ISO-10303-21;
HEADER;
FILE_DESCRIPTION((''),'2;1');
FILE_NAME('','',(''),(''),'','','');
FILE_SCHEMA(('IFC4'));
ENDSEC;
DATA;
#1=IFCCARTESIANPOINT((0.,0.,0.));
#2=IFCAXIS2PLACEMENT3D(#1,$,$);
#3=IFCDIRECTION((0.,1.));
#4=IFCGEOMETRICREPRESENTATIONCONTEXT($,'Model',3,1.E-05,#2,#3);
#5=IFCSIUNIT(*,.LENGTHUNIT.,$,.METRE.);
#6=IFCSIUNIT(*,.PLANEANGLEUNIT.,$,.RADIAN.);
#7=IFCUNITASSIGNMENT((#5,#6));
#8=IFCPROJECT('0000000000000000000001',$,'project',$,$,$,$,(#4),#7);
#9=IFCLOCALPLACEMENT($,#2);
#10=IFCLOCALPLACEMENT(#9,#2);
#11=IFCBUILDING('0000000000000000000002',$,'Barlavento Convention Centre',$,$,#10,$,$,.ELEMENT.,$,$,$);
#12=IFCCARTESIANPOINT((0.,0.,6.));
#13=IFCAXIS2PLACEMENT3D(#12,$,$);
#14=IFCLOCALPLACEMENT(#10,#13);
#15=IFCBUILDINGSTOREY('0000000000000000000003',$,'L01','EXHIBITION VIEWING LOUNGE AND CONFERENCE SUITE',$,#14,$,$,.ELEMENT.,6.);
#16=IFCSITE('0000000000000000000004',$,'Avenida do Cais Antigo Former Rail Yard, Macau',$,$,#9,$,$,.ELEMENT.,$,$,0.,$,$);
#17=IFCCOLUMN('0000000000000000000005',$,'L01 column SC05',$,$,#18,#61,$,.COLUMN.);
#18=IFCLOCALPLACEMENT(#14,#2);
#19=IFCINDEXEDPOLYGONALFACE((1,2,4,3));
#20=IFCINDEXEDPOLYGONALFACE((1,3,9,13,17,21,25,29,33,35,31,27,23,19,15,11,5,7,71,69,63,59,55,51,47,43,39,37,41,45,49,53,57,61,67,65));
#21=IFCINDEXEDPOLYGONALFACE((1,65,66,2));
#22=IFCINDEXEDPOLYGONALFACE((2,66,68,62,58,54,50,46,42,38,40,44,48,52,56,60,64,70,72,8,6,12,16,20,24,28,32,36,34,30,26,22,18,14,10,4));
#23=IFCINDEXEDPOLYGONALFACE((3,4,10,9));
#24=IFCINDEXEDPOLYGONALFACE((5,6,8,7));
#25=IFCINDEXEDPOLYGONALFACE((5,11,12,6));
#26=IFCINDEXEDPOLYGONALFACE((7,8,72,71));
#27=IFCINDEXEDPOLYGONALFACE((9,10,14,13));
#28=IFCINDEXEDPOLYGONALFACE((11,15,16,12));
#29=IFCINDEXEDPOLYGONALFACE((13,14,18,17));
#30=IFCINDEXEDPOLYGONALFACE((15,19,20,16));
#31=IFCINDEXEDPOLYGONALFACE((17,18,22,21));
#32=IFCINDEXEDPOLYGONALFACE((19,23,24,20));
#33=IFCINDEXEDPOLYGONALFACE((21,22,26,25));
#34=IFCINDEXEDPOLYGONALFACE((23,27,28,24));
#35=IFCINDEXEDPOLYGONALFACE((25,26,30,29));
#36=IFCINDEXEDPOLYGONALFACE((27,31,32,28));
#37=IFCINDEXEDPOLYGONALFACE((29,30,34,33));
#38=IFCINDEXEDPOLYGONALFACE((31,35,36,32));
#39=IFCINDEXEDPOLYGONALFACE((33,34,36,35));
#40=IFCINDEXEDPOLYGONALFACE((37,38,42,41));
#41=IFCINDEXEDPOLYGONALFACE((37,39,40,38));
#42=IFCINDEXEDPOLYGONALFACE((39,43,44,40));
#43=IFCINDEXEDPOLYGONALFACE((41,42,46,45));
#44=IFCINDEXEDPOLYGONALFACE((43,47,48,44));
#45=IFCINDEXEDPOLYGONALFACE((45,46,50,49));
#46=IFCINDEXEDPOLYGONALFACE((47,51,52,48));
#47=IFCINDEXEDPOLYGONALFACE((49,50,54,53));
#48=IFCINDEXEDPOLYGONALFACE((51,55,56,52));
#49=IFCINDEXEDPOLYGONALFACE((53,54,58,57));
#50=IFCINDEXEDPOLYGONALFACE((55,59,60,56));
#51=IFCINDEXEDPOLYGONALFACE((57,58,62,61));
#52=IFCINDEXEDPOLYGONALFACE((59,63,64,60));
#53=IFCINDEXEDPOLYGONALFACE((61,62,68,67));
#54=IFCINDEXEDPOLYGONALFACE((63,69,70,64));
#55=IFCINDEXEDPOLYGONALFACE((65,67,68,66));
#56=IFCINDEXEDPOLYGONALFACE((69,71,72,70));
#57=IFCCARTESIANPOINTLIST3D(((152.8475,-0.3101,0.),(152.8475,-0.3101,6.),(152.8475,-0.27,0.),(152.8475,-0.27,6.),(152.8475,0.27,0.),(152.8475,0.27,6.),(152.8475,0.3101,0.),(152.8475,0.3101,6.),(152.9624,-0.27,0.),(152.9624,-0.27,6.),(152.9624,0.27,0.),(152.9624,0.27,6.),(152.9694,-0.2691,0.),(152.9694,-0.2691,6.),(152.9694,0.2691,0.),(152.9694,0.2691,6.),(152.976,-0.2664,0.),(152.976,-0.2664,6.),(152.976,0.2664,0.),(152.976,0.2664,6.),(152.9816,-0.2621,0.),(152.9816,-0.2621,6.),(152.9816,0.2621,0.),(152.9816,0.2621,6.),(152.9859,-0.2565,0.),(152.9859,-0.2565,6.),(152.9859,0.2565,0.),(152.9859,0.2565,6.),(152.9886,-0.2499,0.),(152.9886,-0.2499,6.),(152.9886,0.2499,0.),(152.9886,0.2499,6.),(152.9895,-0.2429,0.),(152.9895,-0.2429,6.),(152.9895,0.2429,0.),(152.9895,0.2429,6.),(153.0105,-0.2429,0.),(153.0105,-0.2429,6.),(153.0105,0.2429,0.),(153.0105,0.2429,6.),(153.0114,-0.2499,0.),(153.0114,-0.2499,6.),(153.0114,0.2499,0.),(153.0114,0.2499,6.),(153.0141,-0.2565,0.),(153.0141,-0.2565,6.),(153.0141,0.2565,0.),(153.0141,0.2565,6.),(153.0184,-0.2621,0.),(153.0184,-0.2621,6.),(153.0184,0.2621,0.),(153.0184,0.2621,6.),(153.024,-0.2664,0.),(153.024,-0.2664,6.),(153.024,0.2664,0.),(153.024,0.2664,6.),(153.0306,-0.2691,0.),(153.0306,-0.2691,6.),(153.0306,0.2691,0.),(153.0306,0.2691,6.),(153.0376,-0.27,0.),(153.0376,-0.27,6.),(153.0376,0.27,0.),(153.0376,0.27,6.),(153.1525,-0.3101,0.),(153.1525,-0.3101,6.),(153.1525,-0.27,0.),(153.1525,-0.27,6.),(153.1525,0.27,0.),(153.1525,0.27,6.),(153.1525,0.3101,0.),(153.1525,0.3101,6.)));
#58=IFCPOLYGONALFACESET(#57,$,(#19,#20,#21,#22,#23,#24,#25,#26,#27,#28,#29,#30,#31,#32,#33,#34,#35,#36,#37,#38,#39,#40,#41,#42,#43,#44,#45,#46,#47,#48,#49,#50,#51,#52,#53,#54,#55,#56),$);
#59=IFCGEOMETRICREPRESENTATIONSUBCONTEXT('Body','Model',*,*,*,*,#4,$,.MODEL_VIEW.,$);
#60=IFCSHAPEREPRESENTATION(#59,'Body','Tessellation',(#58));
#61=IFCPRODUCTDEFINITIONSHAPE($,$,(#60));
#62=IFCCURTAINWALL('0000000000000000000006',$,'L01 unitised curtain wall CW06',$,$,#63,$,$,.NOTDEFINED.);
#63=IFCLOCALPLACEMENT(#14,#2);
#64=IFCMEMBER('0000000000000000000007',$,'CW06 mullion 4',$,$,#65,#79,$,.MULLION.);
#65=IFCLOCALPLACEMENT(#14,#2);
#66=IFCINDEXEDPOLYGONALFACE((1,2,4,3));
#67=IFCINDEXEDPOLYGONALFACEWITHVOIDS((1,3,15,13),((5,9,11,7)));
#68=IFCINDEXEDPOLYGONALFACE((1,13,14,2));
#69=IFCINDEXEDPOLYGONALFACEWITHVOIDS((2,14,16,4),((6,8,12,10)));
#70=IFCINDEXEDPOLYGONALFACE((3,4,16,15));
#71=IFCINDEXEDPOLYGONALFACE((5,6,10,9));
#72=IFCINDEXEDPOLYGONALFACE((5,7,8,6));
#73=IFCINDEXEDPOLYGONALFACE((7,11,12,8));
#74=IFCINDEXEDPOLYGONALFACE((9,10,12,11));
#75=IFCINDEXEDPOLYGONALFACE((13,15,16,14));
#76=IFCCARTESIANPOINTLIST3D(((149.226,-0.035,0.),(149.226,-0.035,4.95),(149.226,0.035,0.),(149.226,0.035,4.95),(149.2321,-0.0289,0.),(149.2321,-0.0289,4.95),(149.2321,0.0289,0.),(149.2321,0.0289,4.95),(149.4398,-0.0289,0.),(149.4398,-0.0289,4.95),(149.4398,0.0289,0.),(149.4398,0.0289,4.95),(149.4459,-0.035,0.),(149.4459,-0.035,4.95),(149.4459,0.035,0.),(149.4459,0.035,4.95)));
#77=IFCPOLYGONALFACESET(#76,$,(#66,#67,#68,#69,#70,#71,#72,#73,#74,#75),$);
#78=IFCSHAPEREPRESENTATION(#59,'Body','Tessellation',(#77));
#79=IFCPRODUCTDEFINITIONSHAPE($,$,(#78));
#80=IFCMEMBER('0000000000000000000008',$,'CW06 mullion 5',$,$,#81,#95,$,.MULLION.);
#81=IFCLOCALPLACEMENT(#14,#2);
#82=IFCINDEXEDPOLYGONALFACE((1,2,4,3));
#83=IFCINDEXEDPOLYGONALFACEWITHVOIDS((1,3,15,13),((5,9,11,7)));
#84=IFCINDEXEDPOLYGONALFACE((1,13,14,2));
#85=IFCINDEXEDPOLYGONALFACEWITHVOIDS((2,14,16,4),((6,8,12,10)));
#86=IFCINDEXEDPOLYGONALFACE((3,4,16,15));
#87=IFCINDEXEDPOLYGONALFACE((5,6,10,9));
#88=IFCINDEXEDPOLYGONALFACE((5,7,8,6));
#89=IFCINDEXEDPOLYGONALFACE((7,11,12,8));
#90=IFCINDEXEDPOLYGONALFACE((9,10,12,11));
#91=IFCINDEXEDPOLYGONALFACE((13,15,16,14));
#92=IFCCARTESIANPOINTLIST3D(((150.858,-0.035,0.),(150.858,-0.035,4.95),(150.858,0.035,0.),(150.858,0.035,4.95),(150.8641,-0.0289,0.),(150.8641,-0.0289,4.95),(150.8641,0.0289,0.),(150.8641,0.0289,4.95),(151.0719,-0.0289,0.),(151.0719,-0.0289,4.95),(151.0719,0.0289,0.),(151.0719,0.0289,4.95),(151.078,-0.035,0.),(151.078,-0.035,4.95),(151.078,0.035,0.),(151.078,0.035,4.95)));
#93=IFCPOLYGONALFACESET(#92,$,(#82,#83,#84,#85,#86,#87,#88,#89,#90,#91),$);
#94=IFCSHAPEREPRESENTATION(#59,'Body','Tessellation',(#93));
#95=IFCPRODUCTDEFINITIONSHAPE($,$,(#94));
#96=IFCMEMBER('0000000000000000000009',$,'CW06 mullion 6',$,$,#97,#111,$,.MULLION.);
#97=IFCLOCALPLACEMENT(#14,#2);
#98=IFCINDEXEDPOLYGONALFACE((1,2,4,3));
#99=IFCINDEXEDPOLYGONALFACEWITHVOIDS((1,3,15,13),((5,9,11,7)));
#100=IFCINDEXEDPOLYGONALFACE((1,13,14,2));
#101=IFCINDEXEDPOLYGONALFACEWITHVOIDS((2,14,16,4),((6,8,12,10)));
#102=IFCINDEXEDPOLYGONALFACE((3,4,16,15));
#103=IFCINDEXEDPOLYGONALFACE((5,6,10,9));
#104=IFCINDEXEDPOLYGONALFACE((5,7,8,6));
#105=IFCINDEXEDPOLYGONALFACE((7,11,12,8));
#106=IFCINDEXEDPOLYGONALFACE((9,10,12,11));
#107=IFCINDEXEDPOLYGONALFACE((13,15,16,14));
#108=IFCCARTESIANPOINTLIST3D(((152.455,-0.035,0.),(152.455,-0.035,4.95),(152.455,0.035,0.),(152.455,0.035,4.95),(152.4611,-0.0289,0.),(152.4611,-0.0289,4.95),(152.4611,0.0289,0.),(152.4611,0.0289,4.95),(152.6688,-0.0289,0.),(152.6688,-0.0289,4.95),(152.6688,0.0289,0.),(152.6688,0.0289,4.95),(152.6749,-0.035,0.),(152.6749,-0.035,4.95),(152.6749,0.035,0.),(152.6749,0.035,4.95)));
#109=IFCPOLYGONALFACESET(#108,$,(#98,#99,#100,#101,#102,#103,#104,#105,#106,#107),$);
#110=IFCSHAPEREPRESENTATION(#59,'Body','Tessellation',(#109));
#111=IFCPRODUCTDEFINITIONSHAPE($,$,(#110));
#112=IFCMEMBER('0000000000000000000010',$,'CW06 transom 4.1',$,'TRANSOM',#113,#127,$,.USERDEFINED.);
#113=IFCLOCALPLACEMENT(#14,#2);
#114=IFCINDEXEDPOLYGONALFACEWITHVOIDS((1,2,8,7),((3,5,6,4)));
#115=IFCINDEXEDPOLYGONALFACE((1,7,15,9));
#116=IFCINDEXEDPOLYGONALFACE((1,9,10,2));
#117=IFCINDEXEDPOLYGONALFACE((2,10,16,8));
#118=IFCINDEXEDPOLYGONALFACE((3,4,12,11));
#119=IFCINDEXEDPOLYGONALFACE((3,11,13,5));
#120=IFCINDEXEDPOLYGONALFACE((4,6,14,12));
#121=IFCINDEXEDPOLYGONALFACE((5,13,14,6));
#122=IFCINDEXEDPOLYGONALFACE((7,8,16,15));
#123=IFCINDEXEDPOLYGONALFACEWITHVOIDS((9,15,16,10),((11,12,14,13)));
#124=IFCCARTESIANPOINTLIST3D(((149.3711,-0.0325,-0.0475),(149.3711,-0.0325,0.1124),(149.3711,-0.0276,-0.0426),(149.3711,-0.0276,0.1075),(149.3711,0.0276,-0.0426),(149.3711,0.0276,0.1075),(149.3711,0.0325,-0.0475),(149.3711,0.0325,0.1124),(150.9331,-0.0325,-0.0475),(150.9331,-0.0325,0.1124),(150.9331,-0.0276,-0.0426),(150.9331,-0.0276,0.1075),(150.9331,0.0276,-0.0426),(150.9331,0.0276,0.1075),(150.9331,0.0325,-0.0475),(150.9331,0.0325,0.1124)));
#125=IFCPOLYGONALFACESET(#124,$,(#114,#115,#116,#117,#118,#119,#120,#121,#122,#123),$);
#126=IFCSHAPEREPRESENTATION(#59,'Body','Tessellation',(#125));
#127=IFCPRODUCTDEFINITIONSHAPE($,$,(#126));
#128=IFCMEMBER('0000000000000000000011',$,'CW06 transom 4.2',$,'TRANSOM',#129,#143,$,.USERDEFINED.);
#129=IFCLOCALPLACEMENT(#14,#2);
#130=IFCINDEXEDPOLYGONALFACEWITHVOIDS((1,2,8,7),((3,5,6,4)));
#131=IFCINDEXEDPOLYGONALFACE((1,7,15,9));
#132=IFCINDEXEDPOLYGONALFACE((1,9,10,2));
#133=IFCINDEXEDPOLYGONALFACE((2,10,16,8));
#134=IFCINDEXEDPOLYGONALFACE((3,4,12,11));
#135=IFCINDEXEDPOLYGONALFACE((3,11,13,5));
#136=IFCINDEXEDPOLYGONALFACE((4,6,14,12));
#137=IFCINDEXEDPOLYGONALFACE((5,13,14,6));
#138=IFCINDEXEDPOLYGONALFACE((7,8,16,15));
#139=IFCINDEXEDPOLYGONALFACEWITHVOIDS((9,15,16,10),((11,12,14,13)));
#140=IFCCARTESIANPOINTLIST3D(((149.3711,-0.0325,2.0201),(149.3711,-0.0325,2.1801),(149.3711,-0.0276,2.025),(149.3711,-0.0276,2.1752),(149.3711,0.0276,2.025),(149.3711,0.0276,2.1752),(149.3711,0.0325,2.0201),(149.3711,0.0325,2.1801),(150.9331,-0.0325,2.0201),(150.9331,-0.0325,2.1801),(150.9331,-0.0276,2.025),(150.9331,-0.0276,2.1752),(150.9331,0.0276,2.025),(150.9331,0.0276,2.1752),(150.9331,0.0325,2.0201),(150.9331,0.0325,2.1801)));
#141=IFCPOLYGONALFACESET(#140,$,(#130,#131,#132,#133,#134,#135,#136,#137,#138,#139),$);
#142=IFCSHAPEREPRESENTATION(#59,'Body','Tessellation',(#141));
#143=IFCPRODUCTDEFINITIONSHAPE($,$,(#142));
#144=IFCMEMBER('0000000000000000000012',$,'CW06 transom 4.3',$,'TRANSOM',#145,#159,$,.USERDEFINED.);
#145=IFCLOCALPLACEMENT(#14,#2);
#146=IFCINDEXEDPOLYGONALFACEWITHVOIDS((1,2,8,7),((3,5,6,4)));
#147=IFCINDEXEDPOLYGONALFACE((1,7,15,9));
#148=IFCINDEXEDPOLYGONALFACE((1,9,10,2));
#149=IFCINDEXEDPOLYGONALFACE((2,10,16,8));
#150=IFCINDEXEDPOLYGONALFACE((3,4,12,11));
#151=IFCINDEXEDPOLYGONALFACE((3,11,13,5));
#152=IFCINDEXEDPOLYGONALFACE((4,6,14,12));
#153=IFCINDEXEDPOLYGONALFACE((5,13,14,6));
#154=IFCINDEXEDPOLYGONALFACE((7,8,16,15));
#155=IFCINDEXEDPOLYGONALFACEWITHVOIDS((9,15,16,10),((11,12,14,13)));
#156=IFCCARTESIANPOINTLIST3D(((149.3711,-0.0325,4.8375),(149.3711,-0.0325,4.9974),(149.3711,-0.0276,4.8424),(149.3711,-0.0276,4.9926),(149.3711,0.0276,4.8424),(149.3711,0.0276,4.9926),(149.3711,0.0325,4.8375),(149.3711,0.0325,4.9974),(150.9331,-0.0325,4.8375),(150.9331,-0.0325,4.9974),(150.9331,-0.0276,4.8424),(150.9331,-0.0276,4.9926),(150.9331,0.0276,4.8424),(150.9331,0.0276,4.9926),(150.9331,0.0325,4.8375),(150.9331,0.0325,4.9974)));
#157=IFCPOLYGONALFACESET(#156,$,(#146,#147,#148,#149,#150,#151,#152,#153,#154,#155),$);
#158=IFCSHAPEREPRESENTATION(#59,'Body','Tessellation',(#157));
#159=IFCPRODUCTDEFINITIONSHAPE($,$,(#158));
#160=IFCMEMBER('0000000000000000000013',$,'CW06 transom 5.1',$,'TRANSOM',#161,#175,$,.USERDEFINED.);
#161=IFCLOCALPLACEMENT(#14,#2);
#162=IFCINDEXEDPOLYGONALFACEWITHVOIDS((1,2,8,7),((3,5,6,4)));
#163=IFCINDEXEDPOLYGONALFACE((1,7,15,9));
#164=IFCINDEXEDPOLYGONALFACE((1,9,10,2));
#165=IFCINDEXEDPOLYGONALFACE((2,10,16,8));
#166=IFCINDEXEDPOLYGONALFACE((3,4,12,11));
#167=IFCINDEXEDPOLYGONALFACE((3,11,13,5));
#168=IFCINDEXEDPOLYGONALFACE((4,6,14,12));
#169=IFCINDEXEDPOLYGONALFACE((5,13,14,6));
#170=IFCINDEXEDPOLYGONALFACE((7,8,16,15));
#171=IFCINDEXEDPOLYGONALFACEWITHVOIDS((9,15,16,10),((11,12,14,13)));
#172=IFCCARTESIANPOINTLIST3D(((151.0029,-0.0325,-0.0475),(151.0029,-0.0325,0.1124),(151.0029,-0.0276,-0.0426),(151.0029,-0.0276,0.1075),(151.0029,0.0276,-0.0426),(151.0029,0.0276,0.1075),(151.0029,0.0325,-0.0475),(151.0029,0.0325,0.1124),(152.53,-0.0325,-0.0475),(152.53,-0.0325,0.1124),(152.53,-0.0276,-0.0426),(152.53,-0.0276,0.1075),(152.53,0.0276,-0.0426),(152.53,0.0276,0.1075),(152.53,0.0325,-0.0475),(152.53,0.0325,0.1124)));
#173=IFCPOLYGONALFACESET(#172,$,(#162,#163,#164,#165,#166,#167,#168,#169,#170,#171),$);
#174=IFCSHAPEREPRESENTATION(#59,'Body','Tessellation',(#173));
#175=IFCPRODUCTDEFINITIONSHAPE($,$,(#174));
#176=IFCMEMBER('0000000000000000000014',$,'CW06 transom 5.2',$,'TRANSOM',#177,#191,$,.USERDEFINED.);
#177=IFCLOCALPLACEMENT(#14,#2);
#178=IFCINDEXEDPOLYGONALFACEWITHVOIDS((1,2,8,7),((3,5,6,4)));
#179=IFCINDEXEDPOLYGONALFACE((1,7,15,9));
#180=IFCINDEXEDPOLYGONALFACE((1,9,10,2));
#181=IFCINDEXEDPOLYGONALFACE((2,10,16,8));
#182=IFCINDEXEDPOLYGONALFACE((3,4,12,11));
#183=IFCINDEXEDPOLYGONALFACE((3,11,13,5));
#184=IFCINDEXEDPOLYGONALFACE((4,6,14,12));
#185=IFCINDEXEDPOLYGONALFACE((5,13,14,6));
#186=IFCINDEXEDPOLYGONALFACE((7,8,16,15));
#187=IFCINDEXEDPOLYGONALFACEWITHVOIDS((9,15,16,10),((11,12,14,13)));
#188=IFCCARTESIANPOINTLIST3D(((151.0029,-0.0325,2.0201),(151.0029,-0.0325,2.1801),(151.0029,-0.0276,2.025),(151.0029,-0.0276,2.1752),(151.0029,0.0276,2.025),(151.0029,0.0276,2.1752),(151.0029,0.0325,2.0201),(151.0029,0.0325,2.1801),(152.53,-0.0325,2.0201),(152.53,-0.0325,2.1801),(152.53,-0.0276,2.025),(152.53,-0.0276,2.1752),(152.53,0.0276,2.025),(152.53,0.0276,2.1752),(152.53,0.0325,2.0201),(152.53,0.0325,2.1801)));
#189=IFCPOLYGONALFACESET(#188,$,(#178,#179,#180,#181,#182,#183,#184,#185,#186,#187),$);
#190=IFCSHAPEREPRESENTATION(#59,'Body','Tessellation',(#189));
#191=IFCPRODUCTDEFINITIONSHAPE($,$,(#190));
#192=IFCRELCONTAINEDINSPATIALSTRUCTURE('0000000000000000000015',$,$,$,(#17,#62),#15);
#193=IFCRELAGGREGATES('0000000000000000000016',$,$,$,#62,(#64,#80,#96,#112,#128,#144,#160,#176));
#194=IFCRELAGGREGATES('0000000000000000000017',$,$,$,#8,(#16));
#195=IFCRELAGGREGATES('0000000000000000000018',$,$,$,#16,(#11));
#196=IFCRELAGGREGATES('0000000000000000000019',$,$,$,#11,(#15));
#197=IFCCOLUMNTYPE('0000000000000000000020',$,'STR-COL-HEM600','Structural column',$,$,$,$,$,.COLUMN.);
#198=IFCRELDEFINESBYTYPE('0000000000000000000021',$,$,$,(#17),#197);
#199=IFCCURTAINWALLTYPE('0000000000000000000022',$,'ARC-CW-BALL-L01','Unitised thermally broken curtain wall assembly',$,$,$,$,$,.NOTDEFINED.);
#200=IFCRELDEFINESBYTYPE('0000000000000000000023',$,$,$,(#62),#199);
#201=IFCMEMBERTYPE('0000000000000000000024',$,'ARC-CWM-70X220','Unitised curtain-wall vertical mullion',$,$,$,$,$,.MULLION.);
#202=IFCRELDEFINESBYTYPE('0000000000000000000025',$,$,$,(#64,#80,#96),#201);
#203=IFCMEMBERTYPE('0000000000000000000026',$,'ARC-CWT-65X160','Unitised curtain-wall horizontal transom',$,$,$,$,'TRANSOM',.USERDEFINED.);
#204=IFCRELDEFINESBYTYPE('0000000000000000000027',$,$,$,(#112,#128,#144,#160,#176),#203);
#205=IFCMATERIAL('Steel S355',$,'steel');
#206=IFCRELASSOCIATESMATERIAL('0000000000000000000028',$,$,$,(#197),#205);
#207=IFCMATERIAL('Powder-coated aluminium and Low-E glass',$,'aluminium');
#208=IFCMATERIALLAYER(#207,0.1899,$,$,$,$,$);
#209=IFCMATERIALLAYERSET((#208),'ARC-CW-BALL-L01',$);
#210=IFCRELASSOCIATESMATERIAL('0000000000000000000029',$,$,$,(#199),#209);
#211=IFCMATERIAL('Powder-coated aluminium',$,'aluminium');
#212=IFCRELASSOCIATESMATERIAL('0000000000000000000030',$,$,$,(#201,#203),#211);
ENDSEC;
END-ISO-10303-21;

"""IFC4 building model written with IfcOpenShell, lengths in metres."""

from ifc_helpers import new_model, si_unit, direction, frame, origin, origin_2d, place, context, subcontext, project, spatial, hollow_rectangle, i_section, extrude, material, layer, layer_set, material_profile, profile_set, type_object, element, aggregate, save


model = new_model("IFC4")

# Units and contexts
model_context = context("Model", 3, precision=1e-05, world=origin(), true_north=direction((0.0, 1.0)))
body_context = subcontext(model_context, "Body", "Model", "MODEL_VIEW")
ifc_project = project(units=[si_unit("LENGTHUNIT", "METRE"), si_unit("PLANEANGLEUNIT", "RADIAN")], contexts=[model_context])

# Site, building, storey
site_placement = place(None, origin())
site = spatial("IfcSite", under=ifc_project, at=site_placement, Name="Avenida do Cais Antigo Former Rail Yard, Macau", CompositionType="ELEMENT", RefElevation=0.0)
building_placement = place(site_placement, origin())
building = spatial("IfcBuilding", under=site, at=building_placement, Name="Barlavento Convention Centre", CompositionType="ELEMENT")
storey_placement = place(building_placement, frame((0.0, 0.0, 6.0)))
storey = spatial("IfcBuildingStorey", under=building, at=storey_placement, Name="L01", Description="EXHIBITION VIEWING LOUNGE AND CONFERENCE SUITE", CompositionType="ELEMENT", Elevation=6.0)

# Column
ifc_material_1 = material(Name="Steel S355", Category="steel")
ifc_material_profile_1 = material_profile(ifc_material_1, i_section(OverallWidth=0.3049, OverallDepth=0.6201, WebThickness=0.021, FlangeThickness=0.04, FilletRadius=0.0271, at=origin_2d()), Name="HEM 600")
ifc_profile_set_1 = profile_set([ifc_material_profile_1], Name="Steel S355")
column_type = type_object("IfcColumnType", Name="STR-COL-HEM600", Description="Structural column", PredefinedType="COLUMN", material=ifc_profile_set_1)
column_placement = place(storey_placement, frame((153.0, 0.0, 0.0), z_axis=(0.0, 0.0, 1.0), x_axis=(1.0, 0.0, 0.0)))
element("IfcColumn", 1, at=column_placement, inside=storey, type_object=column_type, Name="L01 column SC05", PredefinedType="COLUMN", context=body_context, shape_type="SweptSolid", body=[
    extrude(i_section(OverallWidth=0.3049, OverallDepth=0.6201, WebThickness=0.021, FlangeThickness=0.04, FilletRadius=0.0271, at=origin_2d()), origin(), (0.0, 0.0, 1.0), 6.0),
])

# Curtain wall, members
ifc_material_2 = material(Name="Powder-coated aluminium and Low-E glass", Category="aluminium")
ifc_layer_1 = layer(ifc_material_2, 0.1899)
ifc_layer_set_1 = layer_set([ifc_layer_1], Name="ARC-CW-BALL-L01")
curtain_wall_type = type_object("IfcCurtainWallType", Name="ARC-CW-BALL-L01", Description="Unitised thermally broken curtain wall assembly", PredefinedType="NOTDEFINED", material=ifc_layer_set_1)
curtain_wall_placement = place(storey_placement, origin())
curtain_wall = element("IfcCurtainWall", 2, at=curtain_wall_placement, inside=storey, type_object=curtain_wall_type, Name="L01 unitised curtain wall CW06", PredefinedType="NOTDEFINED")
ifc_material_3 = material(Name="Powder-coated aluminium", Category="aluminium")
ifc_material_profile_2 = material_profile(ifc_material_3, hollow_rectangle(XDim=0.0701, YDim=0.22, WallThickness=0.0061, at=origin_2d()), Name="AL-MULL 70x220x6")
ifc_profile_set_2 = profile_set([ifc_material_profile_2], Name="Powder-coated aluminium")
member_type_1 = type_object("IfcMemberType", Name="ARC-CWM-70X220", Description="Unitised curtain-wall vertical mullion", PredefinedType="MULLION", material=ifc_profile_set_2)
member_1_placement = place(storey_placement, frame((149.3359, 0.0, 0.0), z_axis=(0.0, 0.0, 1.0), x_axis=(0.0, 1.0, 0.0)))
member_1 = element("IfcMember", 3, at=member_1_placement, type_object=member_type_1, Name="CW06 mullion 4", PredefinedType="MULLION", context=body_context, shape_type="SweptSolid", body=[
    extrude(hollow_rectangle(XDim=0.0701, YDim=0.22, WallThickness=0.0061, at=origin_2d()), origin(), (0.0, 0.0, 1.0), 4.95),
])
member_2_placement = place(storey_placement, frame((150.968, 0.0, 0.0), z_axis=(0.0, 0.0, 1.0), x_axis=(0.0, 1.0, 0.0)))
member_2 = element("IfcMember", 4, at=member_2_placement, type_object=member_type_1, Name="CW06 mullion 5", PredefinedType="MULLION", context=body_context, shape_type="SweptSolid", body=[
    extrude(hollow_rectangle(XDim=0.0701, YDim=0.22, WallThickness=0.0061, at=origin_2d()), origin(), (0.0, 0.0, 1.0), 4.95),
])
member_3_placement = place(storey_placement, frame((152.5649, 0.0, 0.0), z_axis=(0.0, 0.0, 1.0), x_axis=(0.0, 1.0, 0.0)))
member_3 = element("IfcMember", 5, at=member_3_placement, type_object=member_type_1, Name="CW06 mullion 6", PredefinedType="MULLION", context=body_context, shape_type="SweptSolid", body=[
    extrude(hollow_rectangle(XDim=0.0701, YDim=0.22, WallThickness=0.0061, at=origin_2d()), origin(), (0.0, 0.0, 1.0), 4.95),
])
ifc_material_profile_3 = material_profile(ifc_material_3, hollow_rectangle(XDim=0.0649, YDim=0.1599, WallThickness=0.0049, at=origin_2d()), Name="AL-TRAN 65x160x5")
ifc_profile_set_3 = profile_set([ifc_material_profile_3], Name="Powder-coated aluminium")
member_type_2 = type_object("IfcMemberType", Name="ARC-CWT-65X160", Description="Unitised curtain-wall horizontal transom", ElementType="TRANSOM", PredefinedType="USERDEFINED", material=ifc_profile_set_3)
member_4_placement = place(storey_placement, frame((149.3711, 0.0, 0.0325), z_axis=(1.0, 0.0, 0.0), x_axis=(0.0, 1.0, 0.0)))
member_4 = element("IfcMember", 6, at=member_4_placement, type_object=member_type_2, Name="CW06 transom 4.1", ObjectType="TRANSOM", PredefinedType="USERDEFINED", context=body_context, shape_type="SweptSolid", body=[
    extrude(hollow_rectangle(XDim=0.0649, YDim=0.1599, WallThickness=0.0049, at=origin_2d()), origin(), (0.0, 0.0, 1.0), 1.562),
])
member_5_placement = place(storey_placement, frame((149.3711, 0.0, 2.1001), z_axis=(1.0, 0.0, 0.0), x_axis=(0.0, 1.0, 0.0)))
member_5 = element("IfcMember", 7, at=member_5_placement, type_object=member_type_2, Name="CW06 transom 4.2", ObjectType="TRANSOM", PredefinedType="USERDEFINED", context=body_context, shape_type="SweptSolid", body=[
    extrude(hollow_rectangle(XDim=0.0649, YDim=0.1599, WallThickness=0.0049, at=origin_2d()), origin(), (0.0, 0.0, 1.0), 1.562),
])
member_6_placement = place(storey_placement, frame((149.3711, 0.0, 4.9175), z_axis=(1.0, 0.0, 0.0), x_axis=(0.0, 1.0, 0.0)))
member_6 = element("IfcMember", 8, at=member_6_placement, type_object=member_type_2, Name="CW06 transom 4.3", ObjectType="TRANSOM", PredefinedType="USERDEFINED", context=body_context, shape_type="SweptSolid", body=[
    extrude(hollow_rectangle(XDim=0.0649, YDim=0.1599, WallThickness=0.0049, at=origin_2d()), origin(), (0.0, 0.0, 1.0), 1.562),
])
member_7_placement = place(storey_placement, frame((151.0029, 0.0, 0.0325), z_axis=(1.0, 0.0, 0.0), x_axis=(0.0, 1.0, 0.0)))
member_7 = element("IfcMember", 9, at=member_7_placement, type_object=member_type_2, Name="CW06 transom 5.1", ObjectType="TRANSOM", PredefinedType="USERDEFINED", context=body_context, shape_type="SweptSolid", body=[
    extrude(hollow_rectangle(XDim=0.0649, YDim=0.1599, WallThickness=0.0049, at=origin_2d()), origin(), (0.0, 0.0, 1.0), 1.5271),
])
member_8_placement = place(storey_placement, frame((151.0029, 0.0, 2.1001), z_axis=(1.0, 0.0, 0.0), x_axis=(0.0, 1.0, 0.0)))
member_8 = element("IfcMember", 10, at=member_8_placement, type_object=member_type_2, Name="CW06 transom 5.2", ObjectType="TRANSOM", PredefinedType="USERDEFINED", context=body_context, shape_type="SweptSolid", body=[
    extrude(hollow_rectangle(XDim=0.0649, YDim=0.1599, WallThickness=0.0049, at=origin_2d()), origin(), (0.0, 0.0, 1.0), 1.5271),
])
aggregate(curtain_wall, [member_1, member_2, member_3, member_4, member_5, member_6, member_7, member_8])

save(model, "model.ifc")
